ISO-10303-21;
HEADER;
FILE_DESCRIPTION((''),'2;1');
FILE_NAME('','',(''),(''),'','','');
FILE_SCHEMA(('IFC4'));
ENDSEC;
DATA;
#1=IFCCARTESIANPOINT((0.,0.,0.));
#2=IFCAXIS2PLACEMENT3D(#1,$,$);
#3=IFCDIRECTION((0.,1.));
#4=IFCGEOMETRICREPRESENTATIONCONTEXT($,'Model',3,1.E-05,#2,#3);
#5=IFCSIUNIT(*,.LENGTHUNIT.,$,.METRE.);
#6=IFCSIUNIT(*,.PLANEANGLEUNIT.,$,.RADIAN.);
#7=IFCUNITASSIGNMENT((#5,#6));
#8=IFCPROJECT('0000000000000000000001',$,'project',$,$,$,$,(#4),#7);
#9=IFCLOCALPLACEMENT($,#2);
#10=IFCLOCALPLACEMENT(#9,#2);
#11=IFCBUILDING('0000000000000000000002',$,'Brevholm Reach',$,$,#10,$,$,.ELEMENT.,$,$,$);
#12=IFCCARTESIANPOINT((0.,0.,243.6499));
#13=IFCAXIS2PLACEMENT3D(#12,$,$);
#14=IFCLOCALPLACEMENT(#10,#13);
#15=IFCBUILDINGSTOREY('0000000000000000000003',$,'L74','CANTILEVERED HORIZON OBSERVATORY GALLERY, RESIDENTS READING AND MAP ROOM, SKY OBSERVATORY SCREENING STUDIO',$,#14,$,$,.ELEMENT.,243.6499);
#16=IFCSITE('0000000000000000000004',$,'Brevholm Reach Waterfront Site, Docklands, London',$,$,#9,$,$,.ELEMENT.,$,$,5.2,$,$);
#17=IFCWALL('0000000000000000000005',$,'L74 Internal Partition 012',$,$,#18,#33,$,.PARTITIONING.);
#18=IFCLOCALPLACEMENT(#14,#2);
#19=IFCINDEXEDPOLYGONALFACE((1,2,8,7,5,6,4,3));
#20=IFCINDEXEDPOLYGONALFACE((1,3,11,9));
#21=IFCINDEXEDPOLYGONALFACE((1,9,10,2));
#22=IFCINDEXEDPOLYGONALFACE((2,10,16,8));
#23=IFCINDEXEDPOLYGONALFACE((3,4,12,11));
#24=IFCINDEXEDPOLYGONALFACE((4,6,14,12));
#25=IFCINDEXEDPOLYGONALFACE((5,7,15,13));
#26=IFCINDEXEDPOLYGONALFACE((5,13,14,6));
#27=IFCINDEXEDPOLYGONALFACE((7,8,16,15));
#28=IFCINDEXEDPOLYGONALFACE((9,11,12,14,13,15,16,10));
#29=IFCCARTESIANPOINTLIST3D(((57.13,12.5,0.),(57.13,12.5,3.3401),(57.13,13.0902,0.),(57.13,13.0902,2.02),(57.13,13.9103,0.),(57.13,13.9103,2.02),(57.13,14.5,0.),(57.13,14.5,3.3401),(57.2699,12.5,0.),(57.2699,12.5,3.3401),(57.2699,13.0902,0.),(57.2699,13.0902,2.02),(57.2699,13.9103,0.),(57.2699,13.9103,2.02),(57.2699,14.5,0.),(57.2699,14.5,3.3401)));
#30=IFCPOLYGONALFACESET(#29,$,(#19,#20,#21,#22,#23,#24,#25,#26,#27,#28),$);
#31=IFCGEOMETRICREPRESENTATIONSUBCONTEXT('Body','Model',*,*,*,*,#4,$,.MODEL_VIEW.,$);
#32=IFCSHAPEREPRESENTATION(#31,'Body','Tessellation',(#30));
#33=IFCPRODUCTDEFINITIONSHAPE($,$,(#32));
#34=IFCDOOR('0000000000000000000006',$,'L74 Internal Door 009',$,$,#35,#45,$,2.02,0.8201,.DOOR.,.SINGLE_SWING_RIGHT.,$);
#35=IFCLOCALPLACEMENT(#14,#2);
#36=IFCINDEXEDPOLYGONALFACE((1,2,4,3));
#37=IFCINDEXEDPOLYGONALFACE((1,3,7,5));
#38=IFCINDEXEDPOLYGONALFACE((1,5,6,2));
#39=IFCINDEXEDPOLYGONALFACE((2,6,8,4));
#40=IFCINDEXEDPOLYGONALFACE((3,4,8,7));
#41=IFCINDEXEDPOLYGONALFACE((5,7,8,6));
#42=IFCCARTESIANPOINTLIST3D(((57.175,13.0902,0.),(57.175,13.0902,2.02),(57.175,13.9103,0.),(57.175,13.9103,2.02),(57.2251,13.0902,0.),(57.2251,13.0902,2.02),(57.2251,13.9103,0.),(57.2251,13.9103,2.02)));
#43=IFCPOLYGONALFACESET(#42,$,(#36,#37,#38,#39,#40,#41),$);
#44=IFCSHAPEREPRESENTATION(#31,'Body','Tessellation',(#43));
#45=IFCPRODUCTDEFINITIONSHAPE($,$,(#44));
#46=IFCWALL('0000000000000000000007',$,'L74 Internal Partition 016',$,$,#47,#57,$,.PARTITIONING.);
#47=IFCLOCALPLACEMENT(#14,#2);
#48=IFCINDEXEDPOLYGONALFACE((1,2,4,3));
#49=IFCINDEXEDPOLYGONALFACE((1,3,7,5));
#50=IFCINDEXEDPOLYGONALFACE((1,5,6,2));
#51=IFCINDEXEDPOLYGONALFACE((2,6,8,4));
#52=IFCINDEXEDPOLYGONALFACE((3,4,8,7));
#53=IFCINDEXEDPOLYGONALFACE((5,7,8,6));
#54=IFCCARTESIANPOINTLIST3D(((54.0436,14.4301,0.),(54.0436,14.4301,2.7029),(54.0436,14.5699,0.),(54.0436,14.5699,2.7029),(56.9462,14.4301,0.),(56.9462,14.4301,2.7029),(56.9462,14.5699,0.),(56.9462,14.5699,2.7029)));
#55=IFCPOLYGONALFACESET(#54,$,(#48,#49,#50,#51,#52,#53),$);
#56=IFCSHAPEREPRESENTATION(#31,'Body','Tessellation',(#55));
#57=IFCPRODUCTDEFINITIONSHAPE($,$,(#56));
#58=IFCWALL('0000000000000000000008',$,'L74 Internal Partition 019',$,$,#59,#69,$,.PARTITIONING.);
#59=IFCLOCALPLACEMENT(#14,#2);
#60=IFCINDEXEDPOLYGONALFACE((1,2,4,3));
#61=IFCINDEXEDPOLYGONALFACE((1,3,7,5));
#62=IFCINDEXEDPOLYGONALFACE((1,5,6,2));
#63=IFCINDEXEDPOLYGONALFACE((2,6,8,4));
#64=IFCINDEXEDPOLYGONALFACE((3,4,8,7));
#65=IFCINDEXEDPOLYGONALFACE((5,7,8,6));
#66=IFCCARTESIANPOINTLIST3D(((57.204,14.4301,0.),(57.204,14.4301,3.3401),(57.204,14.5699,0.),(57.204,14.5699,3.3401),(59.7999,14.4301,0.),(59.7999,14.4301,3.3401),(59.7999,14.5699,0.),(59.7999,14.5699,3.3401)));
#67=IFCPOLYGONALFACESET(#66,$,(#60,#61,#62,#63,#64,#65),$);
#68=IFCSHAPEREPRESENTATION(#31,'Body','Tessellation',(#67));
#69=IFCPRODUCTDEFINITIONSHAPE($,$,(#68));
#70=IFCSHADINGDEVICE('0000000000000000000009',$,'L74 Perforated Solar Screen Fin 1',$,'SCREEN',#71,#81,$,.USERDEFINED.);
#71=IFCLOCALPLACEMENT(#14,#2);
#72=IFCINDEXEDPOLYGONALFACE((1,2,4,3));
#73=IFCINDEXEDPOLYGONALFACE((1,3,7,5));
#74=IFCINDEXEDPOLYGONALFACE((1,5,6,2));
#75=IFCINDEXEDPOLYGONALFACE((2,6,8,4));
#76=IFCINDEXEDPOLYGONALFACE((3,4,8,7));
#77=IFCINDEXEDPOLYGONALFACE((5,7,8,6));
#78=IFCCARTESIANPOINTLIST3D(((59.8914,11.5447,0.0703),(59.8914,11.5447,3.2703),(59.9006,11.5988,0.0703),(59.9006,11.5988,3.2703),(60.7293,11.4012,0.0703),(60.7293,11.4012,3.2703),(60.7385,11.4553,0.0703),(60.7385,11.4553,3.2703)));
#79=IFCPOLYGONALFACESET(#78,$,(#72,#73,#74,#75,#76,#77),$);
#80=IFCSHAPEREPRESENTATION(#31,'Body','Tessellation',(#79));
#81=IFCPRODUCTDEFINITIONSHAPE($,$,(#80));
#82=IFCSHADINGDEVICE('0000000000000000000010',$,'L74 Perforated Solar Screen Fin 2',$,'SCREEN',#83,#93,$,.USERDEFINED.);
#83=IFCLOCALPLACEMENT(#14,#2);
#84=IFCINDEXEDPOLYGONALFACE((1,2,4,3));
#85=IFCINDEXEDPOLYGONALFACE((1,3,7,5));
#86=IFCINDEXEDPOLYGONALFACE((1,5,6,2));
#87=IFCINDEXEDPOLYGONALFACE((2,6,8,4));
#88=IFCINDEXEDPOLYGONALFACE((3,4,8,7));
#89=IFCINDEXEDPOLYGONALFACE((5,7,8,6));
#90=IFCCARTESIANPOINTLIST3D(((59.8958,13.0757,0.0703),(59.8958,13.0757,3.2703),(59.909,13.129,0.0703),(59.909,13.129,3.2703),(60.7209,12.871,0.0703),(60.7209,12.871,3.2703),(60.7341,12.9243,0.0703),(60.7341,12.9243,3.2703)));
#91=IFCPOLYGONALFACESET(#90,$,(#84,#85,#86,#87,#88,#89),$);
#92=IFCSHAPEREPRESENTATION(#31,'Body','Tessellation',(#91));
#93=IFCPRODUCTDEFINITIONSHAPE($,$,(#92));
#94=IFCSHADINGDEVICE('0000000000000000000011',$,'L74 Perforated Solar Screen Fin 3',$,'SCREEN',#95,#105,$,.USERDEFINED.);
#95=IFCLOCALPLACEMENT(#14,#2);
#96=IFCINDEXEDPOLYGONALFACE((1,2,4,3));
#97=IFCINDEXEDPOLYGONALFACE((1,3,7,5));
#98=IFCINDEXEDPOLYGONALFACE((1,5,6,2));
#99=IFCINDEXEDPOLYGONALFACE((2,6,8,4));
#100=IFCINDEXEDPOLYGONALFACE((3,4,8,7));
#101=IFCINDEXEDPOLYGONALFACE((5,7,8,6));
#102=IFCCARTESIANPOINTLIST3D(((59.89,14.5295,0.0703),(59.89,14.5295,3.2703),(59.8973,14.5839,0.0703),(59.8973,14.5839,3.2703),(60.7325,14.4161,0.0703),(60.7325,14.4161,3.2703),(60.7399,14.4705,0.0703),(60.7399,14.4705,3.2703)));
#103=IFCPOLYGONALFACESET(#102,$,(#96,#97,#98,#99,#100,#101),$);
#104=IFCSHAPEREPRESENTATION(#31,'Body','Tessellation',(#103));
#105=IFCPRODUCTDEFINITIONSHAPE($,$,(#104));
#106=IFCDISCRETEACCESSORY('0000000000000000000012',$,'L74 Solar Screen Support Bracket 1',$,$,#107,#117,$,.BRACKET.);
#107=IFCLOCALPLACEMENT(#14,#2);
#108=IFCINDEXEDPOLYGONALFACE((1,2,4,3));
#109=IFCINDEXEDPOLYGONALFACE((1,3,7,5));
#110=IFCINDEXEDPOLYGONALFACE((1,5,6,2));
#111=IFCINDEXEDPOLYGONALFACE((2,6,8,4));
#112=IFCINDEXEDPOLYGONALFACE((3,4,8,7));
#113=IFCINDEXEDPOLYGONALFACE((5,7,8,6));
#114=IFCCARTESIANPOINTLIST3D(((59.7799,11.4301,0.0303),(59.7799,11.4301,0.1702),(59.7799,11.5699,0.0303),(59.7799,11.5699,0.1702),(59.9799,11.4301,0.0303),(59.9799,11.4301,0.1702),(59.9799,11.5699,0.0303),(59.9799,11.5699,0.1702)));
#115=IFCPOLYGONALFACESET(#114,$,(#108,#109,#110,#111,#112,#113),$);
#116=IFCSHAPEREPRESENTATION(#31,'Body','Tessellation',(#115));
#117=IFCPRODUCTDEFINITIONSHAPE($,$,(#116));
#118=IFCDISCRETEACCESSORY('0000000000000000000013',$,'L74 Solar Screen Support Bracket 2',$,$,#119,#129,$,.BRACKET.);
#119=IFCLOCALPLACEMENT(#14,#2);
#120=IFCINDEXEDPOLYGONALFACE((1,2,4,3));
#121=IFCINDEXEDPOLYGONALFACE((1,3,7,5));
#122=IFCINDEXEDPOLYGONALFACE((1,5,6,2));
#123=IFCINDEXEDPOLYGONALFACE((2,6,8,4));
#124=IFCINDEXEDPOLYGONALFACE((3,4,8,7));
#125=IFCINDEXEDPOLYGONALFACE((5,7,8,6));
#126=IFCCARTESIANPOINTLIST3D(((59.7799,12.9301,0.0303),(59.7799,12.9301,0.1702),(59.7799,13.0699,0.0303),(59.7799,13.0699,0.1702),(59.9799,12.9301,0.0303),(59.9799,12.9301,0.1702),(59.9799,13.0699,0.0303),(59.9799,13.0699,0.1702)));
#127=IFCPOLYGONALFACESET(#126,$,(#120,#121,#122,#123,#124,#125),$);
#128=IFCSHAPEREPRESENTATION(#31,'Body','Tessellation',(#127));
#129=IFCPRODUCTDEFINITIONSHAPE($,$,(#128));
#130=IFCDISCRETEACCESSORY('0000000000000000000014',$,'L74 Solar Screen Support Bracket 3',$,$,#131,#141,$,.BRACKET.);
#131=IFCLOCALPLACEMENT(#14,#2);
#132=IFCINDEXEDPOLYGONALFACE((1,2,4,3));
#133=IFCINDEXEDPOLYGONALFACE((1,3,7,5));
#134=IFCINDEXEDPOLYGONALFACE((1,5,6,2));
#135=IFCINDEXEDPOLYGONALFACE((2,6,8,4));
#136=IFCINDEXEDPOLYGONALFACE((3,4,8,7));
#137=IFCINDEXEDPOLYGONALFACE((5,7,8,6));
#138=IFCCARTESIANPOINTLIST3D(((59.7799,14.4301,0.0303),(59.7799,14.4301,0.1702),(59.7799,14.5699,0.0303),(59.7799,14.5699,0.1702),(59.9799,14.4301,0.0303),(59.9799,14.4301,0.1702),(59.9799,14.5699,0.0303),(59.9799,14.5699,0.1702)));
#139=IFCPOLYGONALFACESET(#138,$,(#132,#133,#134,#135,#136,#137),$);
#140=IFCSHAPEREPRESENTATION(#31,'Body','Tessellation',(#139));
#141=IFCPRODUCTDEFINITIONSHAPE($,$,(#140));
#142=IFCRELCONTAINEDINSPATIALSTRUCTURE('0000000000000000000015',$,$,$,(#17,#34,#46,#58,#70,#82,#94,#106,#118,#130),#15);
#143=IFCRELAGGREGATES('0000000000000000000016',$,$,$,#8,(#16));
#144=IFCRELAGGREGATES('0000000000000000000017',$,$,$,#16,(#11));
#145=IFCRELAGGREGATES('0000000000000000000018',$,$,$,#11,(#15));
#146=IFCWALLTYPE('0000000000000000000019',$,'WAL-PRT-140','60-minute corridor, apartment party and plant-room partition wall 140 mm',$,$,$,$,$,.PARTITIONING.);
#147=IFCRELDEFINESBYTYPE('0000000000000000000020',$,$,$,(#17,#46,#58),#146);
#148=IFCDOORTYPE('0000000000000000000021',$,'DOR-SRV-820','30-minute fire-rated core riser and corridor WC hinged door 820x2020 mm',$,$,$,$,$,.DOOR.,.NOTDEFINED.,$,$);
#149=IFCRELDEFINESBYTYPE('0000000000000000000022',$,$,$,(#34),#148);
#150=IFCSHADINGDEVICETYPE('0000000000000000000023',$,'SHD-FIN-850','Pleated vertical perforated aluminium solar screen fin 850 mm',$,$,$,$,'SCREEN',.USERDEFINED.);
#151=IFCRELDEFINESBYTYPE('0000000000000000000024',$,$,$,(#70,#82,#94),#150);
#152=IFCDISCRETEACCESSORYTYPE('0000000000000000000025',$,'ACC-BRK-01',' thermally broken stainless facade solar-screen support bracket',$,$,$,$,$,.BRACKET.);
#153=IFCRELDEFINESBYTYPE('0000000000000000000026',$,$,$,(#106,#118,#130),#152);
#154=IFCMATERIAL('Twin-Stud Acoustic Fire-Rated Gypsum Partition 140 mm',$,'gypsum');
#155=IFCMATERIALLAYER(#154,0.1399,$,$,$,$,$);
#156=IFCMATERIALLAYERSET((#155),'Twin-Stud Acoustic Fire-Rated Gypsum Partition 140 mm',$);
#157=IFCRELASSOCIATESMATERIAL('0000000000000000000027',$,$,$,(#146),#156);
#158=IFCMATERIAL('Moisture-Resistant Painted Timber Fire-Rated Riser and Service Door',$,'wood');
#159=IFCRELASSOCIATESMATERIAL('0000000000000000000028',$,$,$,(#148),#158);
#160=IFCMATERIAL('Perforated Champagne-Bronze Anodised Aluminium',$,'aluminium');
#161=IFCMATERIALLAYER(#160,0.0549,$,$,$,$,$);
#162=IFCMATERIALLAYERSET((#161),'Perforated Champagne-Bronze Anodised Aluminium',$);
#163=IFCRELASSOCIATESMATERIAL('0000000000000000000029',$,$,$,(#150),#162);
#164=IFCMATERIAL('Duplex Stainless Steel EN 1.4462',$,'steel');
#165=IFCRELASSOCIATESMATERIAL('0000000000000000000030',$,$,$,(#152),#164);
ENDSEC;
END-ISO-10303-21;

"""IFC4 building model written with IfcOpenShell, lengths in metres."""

from ifc_helpers import new_model, si_unit, direction, frame, frame_2d, origin, origin_2d, place, context, subcontext, project, spatial, rectangle, extrude, material, layer, layer_set, type_object, element, fill, save


model = new_model("IFC4")

# Units and contexts
model_context = context("Model", 3, precision=1e-05, world=origin(), true_north=direction((0.0, 1.0)))
body_context = subcontext(model_context, "Body", "Model", "MODEL_VIEW")
ifc_project = project(units=[si_unit("LENGTHUNIT", "METRE"), si_unit("PLANEANGLEUNIT", "RADIAN")], contexts=[model_context])

# Site, building, storey
site_placement = place(None, origin())
site = spatial("IfcSite", under=ifc_project, at=site_placement, Name="Brevholm Reach Waterfront Site, Docklands, London", CompositionType="ELEMENT", RefElevation=5.2)
building_placement = place(site_placement, origin())
building = spatial("IfcBuilding", under=site, at=building_placement, Name="Brevholm Reach", CompositionType="ELEMENT")
storey_placement = place(building_placement, frame((0.0, 0.0, 243.6499)))
storey = spatial("IfcBuildingStorey", under=building, at=storey_placement, Name="L74", Description="CANTILEVERED HORIZON OBSERVATORY GALLERY, RESIDENTS READING AND MAP ROOM, SKY OBSERVATORY SCREENING STUDIO", CompositionType="ELEMENT", Elevation=243.6499)

# Wall, opening, door
ifc_material_1 = material(Name="Twin-Stud Acoustic Fire-Rated Gypsum Partition 140 mm", Category="gypsum")
ifc_layer_1 = layer(ifc_material_1, 0.1399)
ifc_layer_set_1 = layer_set([ifc_layer_1], Name="Twin-Stud Acoustic Fire-Rated Gypsum Partition 140 mm")
wall_type_1 = type_object("IfcWallType", Name="WAL-PRT-140", Description="60-minute corridor, apartment party and plant-room partition wall 140 mm", PredefinedType="PARTITIONING", material=ifc_layer_set_1)
wall_1_placement = place(storey_placement, frame((57.2, 12.5, 0.0), z_axis=(0.0, 0.0, 1.0), x_axis=(0.0, 1.0, 0.0)))
wall_1 = element("IfcWall", 1, at=wall_1_placement, inside=storey, type_object=wall_type_1, Name="L74 Internal Partition 012", PredefinedType="PARTITIONING", context=body_context, shape_type="SweptSolid", body=[
    extrude(rectangle(XDim=2.0, YDim=0.1399, at=frame_2d((1.0, 0.0))), origin(), (0.0, 0.0, 1.0), 3.3401),
])
opening_placement = place(wall_1_placement, frame((0.5901, 0.0, 0.0)))
opening = element("IfcOpeningElement", 2, at=opening_placement, cuts=wall_1, PredefinedType="OPENING", context=body_context, shape_type="SweptSolid", body=[
    extrude(rectangle(XDim=0.8201, YDim=2.02, at=frame_2d((0.4102, 1.01))), frame((0.0, 0.0798, 0.0), z_axis=(0.0, -1.0, 0.0), x_axis=(1.0, 0.0, 0.0)), (0.0, 0.0, 1.0), 0.1599),
])
ifc_material_2 = material(Name="Moisture-Resistant Painted Timber Fire-Rated Riser and Service Door", Category="wood")
door_type = type_object("IfcDoorType", Name="DOR-SRV-820", Description="30-minute fire-rated core riser and corridor WC hinged door 820x2020 mm", OperationType="NOTDEFINED", PredefinedType="DOOR", material=ifc_material_2)
door_placement = place(opening_placement, origin())
door = element("IfcDoor", 3, at=door_placement, inside=storey, type_object=door_type, Name="L74 Internal Door 009", OperationType="SINGLE_SWING_RIGHT", OverallHeight=2.02, OverallWidth=0.8201, PredefinedType="DOOR", context=body_context, shape_type="SweptSolid", body=[
    extrude(rectangle(XDim=0.8201, YDim=2.02, at=frame_2d((0.4102, 1.01))), frame((0.0, 0.0249, 0.0), z_axis=(0.0, -1.0, 0.0), x_axis=(1.0, 0.0, 0.0)), (0.0, 0.0, 1.0), 0.05),
])
fill(opening, door)

# Walls
wall_2_placement = place(storey_placement, frame((54.0437, 14.5, 0.0), z_axis=(0.0, 0.0, 1.0), x_axis=(1.0, 0.0, 0.0)))
element("IfcWall", 4, at=wall_2_placement, inside=storey, type_object=wall_type_1, Name="L74 Internal Partition 016", PredefinedType="PARTITIONING", context=body_context, shape_type="SweptSolid", body=[
    extrude(rectangle(XDim=2.9026, YDim=0.1399, at=frame_2d((1.4512, 0.0))), origin(), (0.0, 0.0, 1.0), 2.7029),
])
wall_3_placement = place(storey_placement, frame((57.2041, 14.5, 0.0), z_axis=(0.0, 0.0, 1.0), x_axis=(1.0, 0.0, 0.0)))
element("IfcWall", 5, at=wall_3_placement, inside=storey, type_object=wall_type_1, Name="L74 Internal Partition 019", PredefinedType="PARTITIONING", context=body_context, shape_type="SweptSolid", body=[
    extrude(rectangle(XDim=2.5959, YDim=0.1399, at=frame_2d((1.2979, 0.0))), origin(), (0.0, 0.0, 1.0), 3.3401),
])

# Shading devices
ifc_material_3 = material(Name="Perforated Champagne-Bronze Anodised Aluminium", Category="aluminium")
ifc_layer_2 = layer(ifc_material_3, 0.0549)
ifc_layer_set_2 = layer_set([ifc_layer_2], Name="Perforated Champagne-Bronze Anodised Aluminium")
shading_device_type = type_object("IfcShadingDeviceType", Name="SHD-FIN-850", Description="Pleated vertical perforated aluminium solar screen fin 850 mm", ElementType="SCREEN", PredefinedType="USERDEFINED", material=ifc_layer_set_2)
for number, where, z_axis, x_axis, name in (
    (6, (60.3149, 11.5, 0.0703), (0.0, 0.0, 1.0), (0.98565, -0.168799, 0.0), "L74 Perforated Solar Screen Fin 1"),
    (7, (60.3149, 13.0, 0.0703), (0.0, 0.0, 1.0), (0.970557, -0.240872, 0.0), "L74 Perforated Solar Screen Fin 2"),
    (8, (60.3149, 14.5, 0.0703), (0.0, 0.0, 1.0), (0.991072, -0.133329, 0.0), "L74 Perforated Solar Screen Fin 3"),
):
    element("IfcShadingDevice", number, at=place(storey_placement, frame(where, z_axis=z_axis, x_axis=x_axis)), inside=storey, type_object=shading_device_type, Name=name, ObjectType="SCREEN", PredefinedType="USERDEFINED", context=body_context, shape_type="SweptSolid", body=[
        extrude(rectangle(XDim=0.8501, YDim=0.0549, at=origin_2d()), origin(), (0.0, 0.0, 1.0), 3.2),
    ])

# Discrete accessories
ifc_material_4 = material(Name="Duplex Stainless Steel EN 1.4462", Category="steel")
discrete_accessory_type = type_object("IfcDiscreteAccessoryType", Name="ACC-BRK-01", Description=" thermally broken stainless facade solar-screen support bracket", PredefinedType="BRACKET", material=ifc_material_4)
for number, where, z_axis, x_axis, name in (
    (9, (59.8799, 11.5, 0.0303), (0.0, 0.0, 1.0), (1.0, 0.0, 0.0), "L74 Solar Screen Support Bracket 1"),
    (10, (59.8799, 13.0, 0.0303), (0.0, 0.0, 1.0), (1.0, 0.0, 0.0), "L74 Solar Screen Support Bracket 2"),
    (11, (59.8799, 14.5, 0.0303), (0.0, 0.0, 1.0), (1.0, 0.0, 0.0), "L74 Solar Screen Support Bracket 3"),
):
    element("IfcDiscreteAccessory", number, at=place(storey_placement, frame(where, z_axis=z_axis, x_axis=x_axis)), inside=storey, type_object=discrete_accessory_type, Name=name, PredefinedType="BRACKET", context=body_context, shape_type="SweptSolid", body=[
        extrude(rectangle(XDim=0.2, YDim=0.1399, at=origin_2d()), origin(), (0.0, 0.0, 1.0), 0.1399),
    ])

save(model, "model.ifc")
